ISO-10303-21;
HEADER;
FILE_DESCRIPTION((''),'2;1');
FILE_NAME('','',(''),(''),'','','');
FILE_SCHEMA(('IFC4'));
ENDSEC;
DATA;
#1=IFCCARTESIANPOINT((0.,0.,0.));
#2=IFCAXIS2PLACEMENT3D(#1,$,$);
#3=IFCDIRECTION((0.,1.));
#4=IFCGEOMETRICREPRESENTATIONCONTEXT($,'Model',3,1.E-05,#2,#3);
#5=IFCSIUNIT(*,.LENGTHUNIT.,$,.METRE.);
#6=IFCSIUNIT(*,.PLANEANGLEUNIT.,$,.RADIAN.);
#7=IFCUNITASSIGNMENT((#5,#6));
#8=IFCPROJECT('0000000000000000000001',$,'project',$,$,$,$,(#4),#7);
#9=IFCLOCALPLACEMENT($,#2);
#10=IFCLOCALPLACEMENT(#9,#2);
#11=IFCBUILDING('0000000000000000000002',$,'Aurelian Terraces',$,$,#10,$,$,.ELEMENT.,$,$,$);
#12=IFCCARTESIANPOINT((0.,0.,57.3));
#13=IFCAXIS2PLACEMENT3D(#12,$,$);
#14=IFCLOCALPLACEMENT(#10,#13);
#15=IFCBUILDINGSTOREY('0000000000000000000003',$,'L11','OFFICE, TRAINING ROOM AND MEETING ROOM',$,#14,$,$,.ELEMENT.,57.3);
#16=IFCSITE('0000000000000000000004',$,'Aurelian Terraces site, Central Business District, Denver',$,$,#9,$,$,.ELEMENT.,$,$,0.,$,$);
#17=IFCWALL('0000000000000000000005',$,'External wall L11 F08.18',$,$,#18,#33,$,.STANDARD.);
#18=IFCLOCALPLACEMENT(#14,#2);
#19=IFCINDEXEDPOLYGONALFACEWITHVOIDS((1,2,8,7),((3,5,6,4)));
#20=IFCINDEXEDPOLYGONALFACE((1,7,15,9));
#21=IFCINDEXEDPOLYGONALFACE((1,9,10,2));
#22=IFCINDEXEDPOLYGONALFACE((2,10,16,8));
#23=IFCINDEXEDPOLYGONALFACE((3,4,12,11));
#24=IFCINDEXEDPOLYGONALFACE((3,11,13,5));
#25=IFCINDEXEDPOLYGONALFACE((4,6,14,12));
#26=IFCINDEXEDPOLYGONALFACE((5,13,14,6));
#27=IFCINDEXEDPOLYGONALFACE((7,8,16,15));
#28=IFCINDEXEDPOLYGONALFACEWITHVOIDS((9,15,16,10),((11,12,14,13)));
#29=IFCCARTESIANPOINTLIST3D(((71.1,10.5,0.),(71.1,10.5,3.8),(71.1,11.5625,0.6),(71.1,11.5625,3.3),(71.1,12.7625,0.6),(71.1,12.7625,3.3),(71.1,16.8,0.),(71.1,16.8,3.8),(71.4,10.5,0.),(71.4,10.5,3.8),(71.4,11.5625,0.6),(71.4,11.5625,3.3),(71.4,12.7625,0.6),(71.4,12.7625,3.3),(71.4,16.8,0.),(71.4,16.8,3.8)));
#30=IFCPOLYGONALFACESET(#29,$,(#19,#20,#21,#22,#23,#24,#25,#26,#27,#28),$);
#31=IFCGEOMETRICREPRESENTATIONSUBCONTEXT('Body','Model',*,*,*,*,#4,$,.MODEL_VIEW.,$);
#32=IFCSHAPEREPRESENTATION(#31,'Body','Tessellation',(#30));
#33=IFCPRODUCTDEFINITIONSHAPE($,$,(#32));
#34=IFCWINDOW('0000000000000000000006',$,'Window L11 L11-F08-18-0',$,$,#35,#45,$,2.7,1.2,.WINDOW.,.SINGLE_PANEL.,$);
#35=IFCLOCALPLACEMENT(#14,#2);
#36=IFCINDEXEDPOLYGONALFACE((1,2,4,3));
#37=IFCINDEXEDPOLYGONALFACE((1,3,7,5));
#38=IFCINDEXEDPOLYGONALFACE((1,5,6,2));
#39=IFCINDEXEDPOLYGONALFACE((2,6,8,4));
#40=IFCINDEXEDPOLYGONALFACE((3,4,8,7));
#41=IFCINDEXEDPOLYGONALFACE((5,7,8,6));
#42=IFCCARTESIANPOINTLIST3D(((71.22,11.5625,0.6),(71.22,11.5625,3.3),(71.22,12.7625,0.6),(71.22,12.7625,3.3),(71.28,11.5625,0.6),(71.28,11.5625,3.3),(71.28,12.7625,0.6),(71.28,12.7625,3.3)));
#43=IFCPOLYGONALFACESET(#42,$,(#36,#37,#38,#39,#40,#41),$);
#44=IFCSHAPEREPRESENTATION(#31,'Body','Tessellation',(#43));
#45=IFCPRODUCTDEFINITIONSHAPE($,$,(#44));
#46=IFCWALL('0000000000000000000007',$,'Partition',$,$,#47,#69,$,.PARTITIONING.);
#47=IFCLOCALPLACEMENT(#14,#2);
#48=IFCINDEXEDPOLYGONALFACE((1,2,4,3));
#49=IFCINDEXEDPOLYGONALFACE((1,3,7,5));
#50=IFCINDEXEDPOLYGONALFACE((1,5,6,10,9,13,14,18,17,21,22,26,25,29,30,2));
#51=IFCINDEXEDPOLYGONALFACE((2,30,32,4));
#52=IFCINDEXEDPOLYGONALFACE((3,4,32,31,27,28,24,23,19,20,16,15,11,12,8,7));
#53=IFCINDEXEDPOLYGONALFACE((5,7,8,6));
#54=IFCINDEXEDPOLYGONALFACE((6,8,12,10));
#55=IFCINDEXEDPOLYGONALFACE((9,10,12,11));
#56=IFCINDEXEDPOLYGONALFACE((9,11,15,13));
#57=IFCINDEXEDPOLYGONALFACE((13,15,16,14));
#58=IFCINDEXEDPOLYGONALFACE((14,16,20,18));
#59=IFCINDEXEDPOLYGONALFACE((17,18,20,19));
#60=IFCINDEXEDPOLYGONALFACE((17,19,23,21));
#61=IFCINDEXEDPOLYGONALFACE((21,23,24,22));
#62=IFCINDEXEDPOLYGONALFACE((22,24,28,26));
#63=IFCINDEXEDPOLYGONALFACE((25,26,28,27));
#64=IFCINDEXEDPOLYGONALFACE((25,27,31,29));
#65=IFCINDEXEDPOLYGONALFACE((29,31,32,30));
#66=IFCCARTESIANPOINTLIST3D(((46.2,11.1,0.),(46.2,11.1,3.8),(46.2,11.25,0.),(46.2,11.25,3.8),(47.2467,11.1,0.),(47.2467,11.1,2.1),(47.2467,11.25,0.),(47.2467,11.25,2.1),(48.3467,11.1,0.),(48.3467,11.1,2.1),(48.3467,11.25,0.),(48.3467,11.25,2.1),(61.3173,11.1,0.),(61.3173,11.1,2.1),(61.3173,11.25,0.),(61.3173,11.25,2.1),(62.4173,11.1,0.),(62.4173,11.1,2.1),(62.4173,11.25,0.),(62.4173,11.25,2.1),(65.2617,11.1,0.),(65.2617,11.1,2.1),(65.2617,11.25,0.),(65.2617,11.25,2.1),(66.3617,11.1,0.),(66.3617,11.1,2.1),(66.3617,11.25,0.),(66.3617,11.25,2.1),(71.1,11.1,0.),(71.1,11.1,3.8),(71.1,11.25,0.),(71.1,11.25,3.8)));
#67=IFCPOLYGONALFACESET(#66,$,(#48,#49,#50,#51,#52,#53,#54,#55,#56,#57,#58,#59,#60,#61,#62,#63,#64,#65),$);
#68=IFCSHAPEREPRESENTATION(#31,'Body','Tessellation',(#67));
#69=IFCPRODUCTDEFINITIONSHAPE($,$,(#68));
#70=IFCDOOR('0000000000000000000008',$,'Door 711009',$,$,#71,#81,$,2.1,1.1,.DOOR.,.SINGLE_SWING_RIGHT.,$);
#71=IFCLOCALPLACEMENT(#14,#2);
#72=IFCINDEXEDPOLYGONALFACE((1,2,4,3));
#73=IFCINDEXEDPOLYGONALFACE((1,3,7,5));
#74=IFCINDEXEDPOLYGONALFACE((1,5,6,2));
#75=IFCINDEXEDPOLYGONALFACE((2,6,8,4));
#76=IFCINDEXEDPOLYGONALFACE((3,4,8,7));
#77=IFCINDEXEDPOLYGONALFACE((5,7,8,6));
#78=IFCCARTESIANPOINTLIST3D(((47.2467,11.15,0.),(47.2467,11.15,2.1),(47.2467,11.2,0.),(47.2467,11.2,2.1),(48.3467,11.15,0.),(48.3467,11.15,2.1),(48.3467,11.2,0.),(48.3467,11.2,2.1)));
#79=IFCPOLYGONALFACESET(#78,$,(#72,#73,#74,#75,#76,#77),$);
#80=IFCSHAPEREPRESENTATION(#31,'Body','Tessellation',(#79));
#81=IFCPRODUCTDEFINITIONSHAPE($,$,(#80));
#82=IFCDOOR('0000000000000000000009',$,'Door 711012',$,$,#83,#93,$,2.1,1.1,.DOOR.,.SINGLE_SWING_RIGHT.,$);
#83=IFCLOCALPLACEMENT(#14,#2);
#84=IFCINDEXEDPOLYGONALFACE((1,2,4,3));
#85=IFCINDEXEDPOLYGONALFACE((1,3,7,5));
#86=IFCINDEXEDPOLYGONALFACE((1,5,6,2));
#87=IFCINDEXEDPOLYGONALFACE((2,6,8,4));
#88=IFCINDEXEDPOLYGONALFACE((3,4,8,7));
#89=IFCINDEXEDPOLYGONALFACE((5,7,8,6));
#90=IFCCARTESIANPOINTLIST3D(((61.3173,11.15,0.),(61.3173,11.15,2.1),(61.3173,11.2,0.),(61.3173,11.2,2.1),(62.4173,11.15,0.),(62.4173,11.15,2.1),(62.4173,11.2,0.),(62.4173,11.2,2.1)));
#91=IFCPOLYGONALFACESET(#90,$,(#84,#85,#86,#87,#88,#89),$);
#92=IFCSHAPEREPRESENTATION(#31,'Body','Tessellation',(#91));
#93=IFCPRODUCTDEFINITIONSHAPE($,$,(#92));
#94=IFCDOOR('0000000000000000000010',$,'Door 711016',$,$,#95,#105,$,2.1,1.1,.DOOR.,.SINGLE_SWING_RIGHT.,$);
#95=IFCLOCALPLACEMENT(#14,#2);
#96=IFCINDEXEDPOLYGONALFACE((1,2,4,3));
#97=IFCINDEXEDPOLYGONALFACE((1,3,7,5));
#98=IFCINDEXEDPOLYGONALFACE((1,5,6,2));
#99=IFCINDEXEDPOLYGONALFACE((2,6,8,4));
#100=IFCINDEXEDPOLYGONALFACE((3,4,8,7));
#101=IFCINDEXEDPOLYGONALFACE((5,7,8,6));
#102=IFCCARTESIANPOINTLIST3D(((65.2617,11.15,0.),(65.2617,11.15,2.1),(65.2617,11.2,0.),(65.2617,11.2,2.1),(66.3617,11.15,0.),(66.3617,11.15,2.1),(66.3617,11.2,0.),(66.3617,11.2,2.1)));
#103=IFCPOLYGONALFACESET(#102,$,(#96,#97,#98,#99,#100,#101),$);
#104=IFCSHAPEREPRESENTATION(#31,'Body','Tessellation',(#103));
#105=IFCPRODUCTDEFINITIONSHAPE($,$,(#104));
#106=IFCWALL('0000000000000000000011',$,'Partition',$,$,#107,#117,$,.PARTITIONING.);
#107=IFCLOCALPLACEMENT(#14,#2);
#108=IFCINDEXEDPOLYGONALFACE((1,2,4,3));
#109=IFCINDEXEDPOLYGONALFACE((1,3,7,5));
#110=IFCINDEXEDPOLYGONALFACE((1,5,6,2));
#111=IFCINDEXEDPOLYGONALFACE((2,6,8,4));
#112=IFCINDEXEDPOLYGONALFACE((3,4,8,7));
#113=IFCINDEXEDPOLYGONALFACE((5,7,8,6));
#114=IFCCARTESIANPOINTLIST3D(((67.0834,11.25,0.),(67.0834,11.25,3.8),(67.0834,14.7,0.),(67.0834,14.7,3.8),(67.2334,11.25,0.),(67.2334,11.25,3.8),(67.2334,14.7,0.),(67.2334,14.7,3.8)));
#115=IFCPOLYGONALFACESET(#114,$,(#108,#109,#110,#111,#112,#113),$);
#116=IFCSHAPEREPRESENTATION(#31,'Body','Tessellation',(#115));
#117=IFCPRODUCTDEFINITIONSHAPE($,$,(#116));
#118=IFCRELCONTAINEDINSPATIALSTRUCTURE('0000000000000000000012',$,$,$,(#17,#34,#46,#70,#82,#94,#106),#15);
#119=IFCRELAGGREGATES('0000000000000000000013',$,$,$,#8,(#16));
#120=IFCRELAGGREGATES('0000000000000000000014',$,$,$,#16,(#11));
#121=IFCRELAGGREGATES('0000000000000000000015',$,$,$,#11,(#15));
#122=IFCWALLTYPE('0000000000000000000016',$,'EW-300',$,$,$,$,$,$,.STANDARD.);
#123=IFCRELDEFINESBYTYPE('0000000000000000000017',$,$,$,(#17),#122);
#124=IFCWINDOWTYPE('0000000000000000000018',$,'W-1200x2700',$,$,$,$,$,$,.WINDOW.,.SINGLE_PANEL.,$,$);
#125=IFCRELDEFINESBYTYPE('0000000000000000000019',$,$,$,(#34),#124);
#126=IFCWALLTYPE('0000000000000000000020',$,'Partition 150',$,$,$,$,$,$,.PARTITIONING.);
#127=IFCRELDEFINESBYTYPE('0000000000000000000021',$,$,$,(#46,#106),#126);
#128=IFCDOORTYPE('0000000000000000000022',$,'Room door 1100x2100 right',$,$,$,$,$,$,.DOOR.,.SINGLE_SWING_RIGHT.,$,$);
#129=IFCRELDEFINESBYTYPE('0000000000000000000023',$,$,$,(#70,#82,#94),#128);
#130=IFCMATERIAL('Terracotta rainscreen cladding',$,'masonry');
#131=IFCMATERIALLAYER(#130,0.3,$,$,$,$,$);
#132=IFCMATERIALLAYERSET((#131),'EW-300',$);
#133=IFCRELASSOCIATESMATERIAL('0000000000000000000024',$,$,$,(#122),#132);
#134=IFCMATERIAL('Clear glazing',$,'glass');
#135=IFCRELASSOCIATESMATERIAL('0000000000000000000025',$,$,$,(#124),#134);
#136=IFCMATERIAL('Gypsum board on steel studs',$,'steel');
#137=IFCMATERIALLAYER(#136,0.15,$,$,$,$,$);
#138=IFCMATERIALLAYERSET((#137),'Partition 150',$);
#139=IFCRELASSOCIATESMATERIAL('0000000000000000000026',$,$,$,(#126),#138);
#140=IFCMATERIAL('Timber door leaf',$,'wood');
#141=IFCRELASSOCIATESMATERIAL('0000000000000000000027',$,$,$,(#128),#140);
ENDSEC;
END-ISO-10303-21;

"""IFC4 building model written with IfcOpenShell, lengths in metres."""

from ifc_helpers import new_model, si_unit, direction, frame, frame_2d, origin, place, context, subcontext, project, spatial, rectangle, extrude, source, transform, mapped, material, layer, layer_set, type_object, element, fill, save


model = new_model("IFC4")

# Units and contexts
model_context = context("Model", 3, precision=1e-05, world=origin(), true_north=direction((0.0, 1.0)))
body_context = subcontext(model_context, "Body", "Model", "MODEL_VIEW")
ifc_project = project(units=[si_unit("LENGTHUNIT", "METRE"), si_unit("PLANEANGLEUNIT", "RADIAN")], contexts=[model_context])

# Site, building, storey
site_placement = place(None, origin())
site = spatial("IfcSite", under=ifc_project, at=site_placement, Name="Aurelian Terraces site, Central Business District, Denver", CompositionType="ELEMENT", RefElevation=0.0)
building_placement = place(site_placement, origin())
building = spatial("IfcBuilding", under=site, at=building_placement, Name="Aurelian Terraces", CompositionType="ELEMENT")
storey_placement = place(building_placement, frame((0.0, 0.0, 57.3)))
storey = spatial("IfcBuildingStorey", under=building, at=storey_placement, Name="L11", Description="OFFICE, TRAINING ROOM AND MEETING ROOM", CompositionType="ELEMENT", Elevation=57.3)

# Shared definitions
ifc_material_1 = material(Name="Terracotta rainscreen cladding", Category="masonry")
ifc_layer_1 = layer(ifc_material_1, 0.3)
ifc_layer_set_1 = layer_set([ifc_layer_1], Name="EW-300")
wall_type_1 = type_object("IfcWallType", Name="EW-300", PredefinedType="STANDARD", material=ifc_layer_set_1)

# Shared definitions
shared_shape_1 = source(origin(), body_context, "Body", "SweptSolid", [
    extrude(rectangle(XDim=1.2, YDim=2.7, at=frame_2d((0.6, 1.35))), frame((0.0, 0.16, 0.0), z_axis=(0.0, -1.0, 0.0), x_axis=(1.0, 0.0, 0.0)), (0.0, 0.0, 1.0), 0.32),
])
ifc_material_2 = material(Name="Clear glazing", Category="glass")
window_type_1 = type_object("IfcWindowType", Name="W-1200x2700", PartitioningType="SINGLE_PANEL", PredefinedType="WINDOW", material=ifc_material_2)
shared_shape_2 = source(origin(), body_context, "Body", "SweptSolid", [
    extrude(rectangle(XDim=1.2, YDim=2.7, at=frame_2d((0.6, 1.35))), frame((0.0, 0.03, 0.0), z_axis=(0.0, -1.0, 0.0), x_axis=(1.0, 0.0, 0.0)), (0.0, 0.0, 1.0), 0.06),
])

# Shared definitions
shared_shape_3 = source(origin(), body_context, "Body", "SweptSolid", [
    extrude(rectangle(XDim=6.3, YDim=0.3, at=frame_2d((3.15, 0.0))), origin(), (0.0, 0.0, 1.0), 3.8),
])

# Wall, opening, window
wall_1_placement = place(storey_placement, frame((71.25, 10.5, 0.0), z_axis=(0.0, 0.0, 1.0), x_axis=(0.0, 1.0, 0.0)))
wall_1 = element("IfcWall", 1, at=wall_1_placement, inside=storey, type_object=wall_type_1, Name="External wall L11 F08.18", PredefinedType="STANDARD", context=body_context, shape_type="MappedRepresentation", body=[
    mapped(shared_shape_3, transform((0.0, 0.0, 0.0), scale=1.0)),
])
opening_1_placement = place(wall_1_placement, frame((1.0625, 0.0, 0.6)))
opening_1 = element("IfcOpeningElement", 2, at=opening_1_placement, cuts=wall_1, PredefinedType="OPENING", context=body_context, shape_type="MappedRepresentation", body=[
    mapped(shared_shape_1, transform((0.0, 0.0, 0.0), scale=1.0)),
])
window_1_placement = place(opening_1_placement, origin())
window_1 = element("IfcWindow", 3, at=window_1_placement, inside=storey, type_object=window_type_1, Name="Window L11 L11-F08-18-0", OverallHeight=2.7, OverallWidth=1.2, PartitioningType="SINGLE_PANEL", PredefinedType="WINDOW", context=body_context, shape_type="MappedRepresentation", body=[
    mapped(shared_shape_2, transform((0.0, 0.0, 0.0), scale=1.0)),
])
fill(opening_1, window_1)

# Wall, openings, doors
ifc_material_3 = material(Name="Gypsum board on steel studs", Category="steel")
ifc_layer_2 = layer(ifc_material_3, 0.15)
ifc_layer_set_2 = layer_set([ifc_layer_2], Name="Partition 150")
wall_type_2 = type_object("IfcWallType", Name="Partition 150", PredefinedType="PARTITIONING", material=ifc_layer_set_2)
shared_shape_4 = source(origin(), body_context, "Body", "SweptSolid", [
    extrude(rectangle(XDim=24.9, YDim=0.15, at=frame_2d((12.45, 0.0))), origin(), (0.0, 0.0, 1.0), 3.8),
])
wall_2_placement = place(storey_placement, frame((71.1, 11.175, 0.0), z_axis=(0.0, 0.0, 1.0), x_axis=(-1.0, 0.0, 0.0)))
wall_2 = element("IfcWall", 4, at=wall_2_placement, inside=storey, type_object=wall_type_2, Name="Partition", PredefinedType="PARTITIONING", context=body_context, shape_type="MappedRepresentation", body=[
    mapped(shared_shape_4, transform((0.0, 0.0, 0.0), scale=1.0)),
])
shared_shape_5 = source(origin(), body_context, "Body", "SweptSolid", [
    extrude(rectangle(XDim=1.1, YDim=2.1, at=frame_2d((0.55, 1.05))), frame((0.0, 0.085, 0.0), z_axis=(0.0, -1.0, 0.0), x_axis=(1.0, 0.0, 0.0)), (0.0, 0.0, 1.0), 0.17),
])
opening_2_placement = place(wall_2_placement, frame((22.7533, 0.0, 0.0)))
opening_2 = element("IfcOpeningElement", 5, at=opening_2_placement, cuts=wall_2, PredefinedType="OPENING", context=body_context, shape_type="MappedRepresentation", body=[
    mapped(shared_shape_5, transform((0.0, 0.0, 0.0), scale=1.0)),
])
opening_3_placement = place(wall_2_placement, frame((8.6827, 0.0, 0.0)))
opening_3 = element("IfcOpeningElement", 6, at=opening_3_placement, cuts=wall_2, PredefinedType="OPENING", context=body_context, shape_type="MappedRepresentation", body=[
    mapped(shared_shape_5, transform((0.0, 0.0, 0.0), scale=1.0)),
])
opening_4_placement = place(wall_2_placement, frame((4.7383, 0.0, 0.0)))
opening_4 = element("IfcOpeningElement", 7, at=opening_4_placement, cuts=wall_2, PredefinedType="OPENING", context=body_context, shape_type="MappedRepresentation", body=[
    mapped(shared_shape_5, transform((0.0, 0.0, 0.0), scale=1.0)),
])
ifc_material_4 = material(Name="Timber door leaf", Category="wood")
door_type = type_object("IfcDoorType", Name="Room door 1100x2100 right", OperationType="SINGLE_SWING_RIGHT", PredefinedType="DOOR", material=ifc_material_4)
shared_shape_6 = source(origin(), body_context, "Body", "SweptSolid", [
    extrude(rectangle(XDim=1.1, YDim=2.1, at=frame_2d((0.55, 1.05))), frame((0.0, 0.025, 0.0), z_axis=(0.0, -1.0, 0.0), x_axis=(1.0, 0.0, 0.0)), (0.0, 0.0, 1.0), 0.05),
])
door_1_placement = place(opening_2_placement, origin())
door_1 = element("IfcDoor", 8, at=door_1_placement, inside=storey, type_object=door_type, Name="Door 711009", OperationType="SINGLE_SWING_RIGHT", OverallHeight=2.1, OverallWidth=1.1, PredefinedType="DOOR", context=body_context, shape_type="MappedRepresentation", body=[
    mapped(shared_shape_6, transform((0.0, 0.0, 0.0), scale=1.0)),
])
fill(opening_2, door_1)
door_2_placement = place(opening_3_placement, origin())
door_2 = element("IfcDoor", 9, at=door_2_placement, inside=storey, type_object=door_type, Name="Door 711012", OperationType="SINGLE_SWING_RIGHT", OverallHeight=2.1, OverallWidth=1.1, PredefinedType="DOOR", context=body_context, shape_type="MappedRepresentation", body=[
    mapped(shared_shape_6, transform((0.0, 0.0, 0.0), scale=1.0)),
])
fill(opening_3, door_2)
door_3_placement = place(opening_4_placement, origin())
door_3 = element("IfcDoor", 10, at=door_3_placement, inside=storey, type_object=door_type, Name="Door 711016", OperationType="SINGLE_SWING_RIGHT", OverallHeight=2.1, OverallWidth=1.1, PredefinedType="DOOR", context=body_context, shape_type="MappedRepresentation", body=[
    mapped(shared_shape_6, transform((0.0, 0.0, 0.0), scale=1.0)),
])
fill(opening_4, door_3)

# Wall
shared_shape_7 = source(origin(), body_context, "Body", "SweptSolid", [
    extrude(rectangle(XDim=3.45, YDim=0.15, at=frame_2d((1.725, 0.0))), origin(), (0.0, 0.0, 1.0), 3.8),
])
wall_3_placement = place(storey_placement, frame((67.1584, 11.25, 0.0), z_axis=(0.0, 0.0, 1.0), x_axis=(0.0, 1.0, 0.0)))
element("IfcWall", 11, at=wall_3_placement, inside=storey, type_object=wall_type_2, Name="Partition", PredefinedType="PARTITIONING", context=body_context, shape_type="MappedRepresentation", body=[
    mapped(shared_shape_7, transform((0.0, 0.0, 0.0), scale=1.0)),
])

save(model, "model.ifc")
